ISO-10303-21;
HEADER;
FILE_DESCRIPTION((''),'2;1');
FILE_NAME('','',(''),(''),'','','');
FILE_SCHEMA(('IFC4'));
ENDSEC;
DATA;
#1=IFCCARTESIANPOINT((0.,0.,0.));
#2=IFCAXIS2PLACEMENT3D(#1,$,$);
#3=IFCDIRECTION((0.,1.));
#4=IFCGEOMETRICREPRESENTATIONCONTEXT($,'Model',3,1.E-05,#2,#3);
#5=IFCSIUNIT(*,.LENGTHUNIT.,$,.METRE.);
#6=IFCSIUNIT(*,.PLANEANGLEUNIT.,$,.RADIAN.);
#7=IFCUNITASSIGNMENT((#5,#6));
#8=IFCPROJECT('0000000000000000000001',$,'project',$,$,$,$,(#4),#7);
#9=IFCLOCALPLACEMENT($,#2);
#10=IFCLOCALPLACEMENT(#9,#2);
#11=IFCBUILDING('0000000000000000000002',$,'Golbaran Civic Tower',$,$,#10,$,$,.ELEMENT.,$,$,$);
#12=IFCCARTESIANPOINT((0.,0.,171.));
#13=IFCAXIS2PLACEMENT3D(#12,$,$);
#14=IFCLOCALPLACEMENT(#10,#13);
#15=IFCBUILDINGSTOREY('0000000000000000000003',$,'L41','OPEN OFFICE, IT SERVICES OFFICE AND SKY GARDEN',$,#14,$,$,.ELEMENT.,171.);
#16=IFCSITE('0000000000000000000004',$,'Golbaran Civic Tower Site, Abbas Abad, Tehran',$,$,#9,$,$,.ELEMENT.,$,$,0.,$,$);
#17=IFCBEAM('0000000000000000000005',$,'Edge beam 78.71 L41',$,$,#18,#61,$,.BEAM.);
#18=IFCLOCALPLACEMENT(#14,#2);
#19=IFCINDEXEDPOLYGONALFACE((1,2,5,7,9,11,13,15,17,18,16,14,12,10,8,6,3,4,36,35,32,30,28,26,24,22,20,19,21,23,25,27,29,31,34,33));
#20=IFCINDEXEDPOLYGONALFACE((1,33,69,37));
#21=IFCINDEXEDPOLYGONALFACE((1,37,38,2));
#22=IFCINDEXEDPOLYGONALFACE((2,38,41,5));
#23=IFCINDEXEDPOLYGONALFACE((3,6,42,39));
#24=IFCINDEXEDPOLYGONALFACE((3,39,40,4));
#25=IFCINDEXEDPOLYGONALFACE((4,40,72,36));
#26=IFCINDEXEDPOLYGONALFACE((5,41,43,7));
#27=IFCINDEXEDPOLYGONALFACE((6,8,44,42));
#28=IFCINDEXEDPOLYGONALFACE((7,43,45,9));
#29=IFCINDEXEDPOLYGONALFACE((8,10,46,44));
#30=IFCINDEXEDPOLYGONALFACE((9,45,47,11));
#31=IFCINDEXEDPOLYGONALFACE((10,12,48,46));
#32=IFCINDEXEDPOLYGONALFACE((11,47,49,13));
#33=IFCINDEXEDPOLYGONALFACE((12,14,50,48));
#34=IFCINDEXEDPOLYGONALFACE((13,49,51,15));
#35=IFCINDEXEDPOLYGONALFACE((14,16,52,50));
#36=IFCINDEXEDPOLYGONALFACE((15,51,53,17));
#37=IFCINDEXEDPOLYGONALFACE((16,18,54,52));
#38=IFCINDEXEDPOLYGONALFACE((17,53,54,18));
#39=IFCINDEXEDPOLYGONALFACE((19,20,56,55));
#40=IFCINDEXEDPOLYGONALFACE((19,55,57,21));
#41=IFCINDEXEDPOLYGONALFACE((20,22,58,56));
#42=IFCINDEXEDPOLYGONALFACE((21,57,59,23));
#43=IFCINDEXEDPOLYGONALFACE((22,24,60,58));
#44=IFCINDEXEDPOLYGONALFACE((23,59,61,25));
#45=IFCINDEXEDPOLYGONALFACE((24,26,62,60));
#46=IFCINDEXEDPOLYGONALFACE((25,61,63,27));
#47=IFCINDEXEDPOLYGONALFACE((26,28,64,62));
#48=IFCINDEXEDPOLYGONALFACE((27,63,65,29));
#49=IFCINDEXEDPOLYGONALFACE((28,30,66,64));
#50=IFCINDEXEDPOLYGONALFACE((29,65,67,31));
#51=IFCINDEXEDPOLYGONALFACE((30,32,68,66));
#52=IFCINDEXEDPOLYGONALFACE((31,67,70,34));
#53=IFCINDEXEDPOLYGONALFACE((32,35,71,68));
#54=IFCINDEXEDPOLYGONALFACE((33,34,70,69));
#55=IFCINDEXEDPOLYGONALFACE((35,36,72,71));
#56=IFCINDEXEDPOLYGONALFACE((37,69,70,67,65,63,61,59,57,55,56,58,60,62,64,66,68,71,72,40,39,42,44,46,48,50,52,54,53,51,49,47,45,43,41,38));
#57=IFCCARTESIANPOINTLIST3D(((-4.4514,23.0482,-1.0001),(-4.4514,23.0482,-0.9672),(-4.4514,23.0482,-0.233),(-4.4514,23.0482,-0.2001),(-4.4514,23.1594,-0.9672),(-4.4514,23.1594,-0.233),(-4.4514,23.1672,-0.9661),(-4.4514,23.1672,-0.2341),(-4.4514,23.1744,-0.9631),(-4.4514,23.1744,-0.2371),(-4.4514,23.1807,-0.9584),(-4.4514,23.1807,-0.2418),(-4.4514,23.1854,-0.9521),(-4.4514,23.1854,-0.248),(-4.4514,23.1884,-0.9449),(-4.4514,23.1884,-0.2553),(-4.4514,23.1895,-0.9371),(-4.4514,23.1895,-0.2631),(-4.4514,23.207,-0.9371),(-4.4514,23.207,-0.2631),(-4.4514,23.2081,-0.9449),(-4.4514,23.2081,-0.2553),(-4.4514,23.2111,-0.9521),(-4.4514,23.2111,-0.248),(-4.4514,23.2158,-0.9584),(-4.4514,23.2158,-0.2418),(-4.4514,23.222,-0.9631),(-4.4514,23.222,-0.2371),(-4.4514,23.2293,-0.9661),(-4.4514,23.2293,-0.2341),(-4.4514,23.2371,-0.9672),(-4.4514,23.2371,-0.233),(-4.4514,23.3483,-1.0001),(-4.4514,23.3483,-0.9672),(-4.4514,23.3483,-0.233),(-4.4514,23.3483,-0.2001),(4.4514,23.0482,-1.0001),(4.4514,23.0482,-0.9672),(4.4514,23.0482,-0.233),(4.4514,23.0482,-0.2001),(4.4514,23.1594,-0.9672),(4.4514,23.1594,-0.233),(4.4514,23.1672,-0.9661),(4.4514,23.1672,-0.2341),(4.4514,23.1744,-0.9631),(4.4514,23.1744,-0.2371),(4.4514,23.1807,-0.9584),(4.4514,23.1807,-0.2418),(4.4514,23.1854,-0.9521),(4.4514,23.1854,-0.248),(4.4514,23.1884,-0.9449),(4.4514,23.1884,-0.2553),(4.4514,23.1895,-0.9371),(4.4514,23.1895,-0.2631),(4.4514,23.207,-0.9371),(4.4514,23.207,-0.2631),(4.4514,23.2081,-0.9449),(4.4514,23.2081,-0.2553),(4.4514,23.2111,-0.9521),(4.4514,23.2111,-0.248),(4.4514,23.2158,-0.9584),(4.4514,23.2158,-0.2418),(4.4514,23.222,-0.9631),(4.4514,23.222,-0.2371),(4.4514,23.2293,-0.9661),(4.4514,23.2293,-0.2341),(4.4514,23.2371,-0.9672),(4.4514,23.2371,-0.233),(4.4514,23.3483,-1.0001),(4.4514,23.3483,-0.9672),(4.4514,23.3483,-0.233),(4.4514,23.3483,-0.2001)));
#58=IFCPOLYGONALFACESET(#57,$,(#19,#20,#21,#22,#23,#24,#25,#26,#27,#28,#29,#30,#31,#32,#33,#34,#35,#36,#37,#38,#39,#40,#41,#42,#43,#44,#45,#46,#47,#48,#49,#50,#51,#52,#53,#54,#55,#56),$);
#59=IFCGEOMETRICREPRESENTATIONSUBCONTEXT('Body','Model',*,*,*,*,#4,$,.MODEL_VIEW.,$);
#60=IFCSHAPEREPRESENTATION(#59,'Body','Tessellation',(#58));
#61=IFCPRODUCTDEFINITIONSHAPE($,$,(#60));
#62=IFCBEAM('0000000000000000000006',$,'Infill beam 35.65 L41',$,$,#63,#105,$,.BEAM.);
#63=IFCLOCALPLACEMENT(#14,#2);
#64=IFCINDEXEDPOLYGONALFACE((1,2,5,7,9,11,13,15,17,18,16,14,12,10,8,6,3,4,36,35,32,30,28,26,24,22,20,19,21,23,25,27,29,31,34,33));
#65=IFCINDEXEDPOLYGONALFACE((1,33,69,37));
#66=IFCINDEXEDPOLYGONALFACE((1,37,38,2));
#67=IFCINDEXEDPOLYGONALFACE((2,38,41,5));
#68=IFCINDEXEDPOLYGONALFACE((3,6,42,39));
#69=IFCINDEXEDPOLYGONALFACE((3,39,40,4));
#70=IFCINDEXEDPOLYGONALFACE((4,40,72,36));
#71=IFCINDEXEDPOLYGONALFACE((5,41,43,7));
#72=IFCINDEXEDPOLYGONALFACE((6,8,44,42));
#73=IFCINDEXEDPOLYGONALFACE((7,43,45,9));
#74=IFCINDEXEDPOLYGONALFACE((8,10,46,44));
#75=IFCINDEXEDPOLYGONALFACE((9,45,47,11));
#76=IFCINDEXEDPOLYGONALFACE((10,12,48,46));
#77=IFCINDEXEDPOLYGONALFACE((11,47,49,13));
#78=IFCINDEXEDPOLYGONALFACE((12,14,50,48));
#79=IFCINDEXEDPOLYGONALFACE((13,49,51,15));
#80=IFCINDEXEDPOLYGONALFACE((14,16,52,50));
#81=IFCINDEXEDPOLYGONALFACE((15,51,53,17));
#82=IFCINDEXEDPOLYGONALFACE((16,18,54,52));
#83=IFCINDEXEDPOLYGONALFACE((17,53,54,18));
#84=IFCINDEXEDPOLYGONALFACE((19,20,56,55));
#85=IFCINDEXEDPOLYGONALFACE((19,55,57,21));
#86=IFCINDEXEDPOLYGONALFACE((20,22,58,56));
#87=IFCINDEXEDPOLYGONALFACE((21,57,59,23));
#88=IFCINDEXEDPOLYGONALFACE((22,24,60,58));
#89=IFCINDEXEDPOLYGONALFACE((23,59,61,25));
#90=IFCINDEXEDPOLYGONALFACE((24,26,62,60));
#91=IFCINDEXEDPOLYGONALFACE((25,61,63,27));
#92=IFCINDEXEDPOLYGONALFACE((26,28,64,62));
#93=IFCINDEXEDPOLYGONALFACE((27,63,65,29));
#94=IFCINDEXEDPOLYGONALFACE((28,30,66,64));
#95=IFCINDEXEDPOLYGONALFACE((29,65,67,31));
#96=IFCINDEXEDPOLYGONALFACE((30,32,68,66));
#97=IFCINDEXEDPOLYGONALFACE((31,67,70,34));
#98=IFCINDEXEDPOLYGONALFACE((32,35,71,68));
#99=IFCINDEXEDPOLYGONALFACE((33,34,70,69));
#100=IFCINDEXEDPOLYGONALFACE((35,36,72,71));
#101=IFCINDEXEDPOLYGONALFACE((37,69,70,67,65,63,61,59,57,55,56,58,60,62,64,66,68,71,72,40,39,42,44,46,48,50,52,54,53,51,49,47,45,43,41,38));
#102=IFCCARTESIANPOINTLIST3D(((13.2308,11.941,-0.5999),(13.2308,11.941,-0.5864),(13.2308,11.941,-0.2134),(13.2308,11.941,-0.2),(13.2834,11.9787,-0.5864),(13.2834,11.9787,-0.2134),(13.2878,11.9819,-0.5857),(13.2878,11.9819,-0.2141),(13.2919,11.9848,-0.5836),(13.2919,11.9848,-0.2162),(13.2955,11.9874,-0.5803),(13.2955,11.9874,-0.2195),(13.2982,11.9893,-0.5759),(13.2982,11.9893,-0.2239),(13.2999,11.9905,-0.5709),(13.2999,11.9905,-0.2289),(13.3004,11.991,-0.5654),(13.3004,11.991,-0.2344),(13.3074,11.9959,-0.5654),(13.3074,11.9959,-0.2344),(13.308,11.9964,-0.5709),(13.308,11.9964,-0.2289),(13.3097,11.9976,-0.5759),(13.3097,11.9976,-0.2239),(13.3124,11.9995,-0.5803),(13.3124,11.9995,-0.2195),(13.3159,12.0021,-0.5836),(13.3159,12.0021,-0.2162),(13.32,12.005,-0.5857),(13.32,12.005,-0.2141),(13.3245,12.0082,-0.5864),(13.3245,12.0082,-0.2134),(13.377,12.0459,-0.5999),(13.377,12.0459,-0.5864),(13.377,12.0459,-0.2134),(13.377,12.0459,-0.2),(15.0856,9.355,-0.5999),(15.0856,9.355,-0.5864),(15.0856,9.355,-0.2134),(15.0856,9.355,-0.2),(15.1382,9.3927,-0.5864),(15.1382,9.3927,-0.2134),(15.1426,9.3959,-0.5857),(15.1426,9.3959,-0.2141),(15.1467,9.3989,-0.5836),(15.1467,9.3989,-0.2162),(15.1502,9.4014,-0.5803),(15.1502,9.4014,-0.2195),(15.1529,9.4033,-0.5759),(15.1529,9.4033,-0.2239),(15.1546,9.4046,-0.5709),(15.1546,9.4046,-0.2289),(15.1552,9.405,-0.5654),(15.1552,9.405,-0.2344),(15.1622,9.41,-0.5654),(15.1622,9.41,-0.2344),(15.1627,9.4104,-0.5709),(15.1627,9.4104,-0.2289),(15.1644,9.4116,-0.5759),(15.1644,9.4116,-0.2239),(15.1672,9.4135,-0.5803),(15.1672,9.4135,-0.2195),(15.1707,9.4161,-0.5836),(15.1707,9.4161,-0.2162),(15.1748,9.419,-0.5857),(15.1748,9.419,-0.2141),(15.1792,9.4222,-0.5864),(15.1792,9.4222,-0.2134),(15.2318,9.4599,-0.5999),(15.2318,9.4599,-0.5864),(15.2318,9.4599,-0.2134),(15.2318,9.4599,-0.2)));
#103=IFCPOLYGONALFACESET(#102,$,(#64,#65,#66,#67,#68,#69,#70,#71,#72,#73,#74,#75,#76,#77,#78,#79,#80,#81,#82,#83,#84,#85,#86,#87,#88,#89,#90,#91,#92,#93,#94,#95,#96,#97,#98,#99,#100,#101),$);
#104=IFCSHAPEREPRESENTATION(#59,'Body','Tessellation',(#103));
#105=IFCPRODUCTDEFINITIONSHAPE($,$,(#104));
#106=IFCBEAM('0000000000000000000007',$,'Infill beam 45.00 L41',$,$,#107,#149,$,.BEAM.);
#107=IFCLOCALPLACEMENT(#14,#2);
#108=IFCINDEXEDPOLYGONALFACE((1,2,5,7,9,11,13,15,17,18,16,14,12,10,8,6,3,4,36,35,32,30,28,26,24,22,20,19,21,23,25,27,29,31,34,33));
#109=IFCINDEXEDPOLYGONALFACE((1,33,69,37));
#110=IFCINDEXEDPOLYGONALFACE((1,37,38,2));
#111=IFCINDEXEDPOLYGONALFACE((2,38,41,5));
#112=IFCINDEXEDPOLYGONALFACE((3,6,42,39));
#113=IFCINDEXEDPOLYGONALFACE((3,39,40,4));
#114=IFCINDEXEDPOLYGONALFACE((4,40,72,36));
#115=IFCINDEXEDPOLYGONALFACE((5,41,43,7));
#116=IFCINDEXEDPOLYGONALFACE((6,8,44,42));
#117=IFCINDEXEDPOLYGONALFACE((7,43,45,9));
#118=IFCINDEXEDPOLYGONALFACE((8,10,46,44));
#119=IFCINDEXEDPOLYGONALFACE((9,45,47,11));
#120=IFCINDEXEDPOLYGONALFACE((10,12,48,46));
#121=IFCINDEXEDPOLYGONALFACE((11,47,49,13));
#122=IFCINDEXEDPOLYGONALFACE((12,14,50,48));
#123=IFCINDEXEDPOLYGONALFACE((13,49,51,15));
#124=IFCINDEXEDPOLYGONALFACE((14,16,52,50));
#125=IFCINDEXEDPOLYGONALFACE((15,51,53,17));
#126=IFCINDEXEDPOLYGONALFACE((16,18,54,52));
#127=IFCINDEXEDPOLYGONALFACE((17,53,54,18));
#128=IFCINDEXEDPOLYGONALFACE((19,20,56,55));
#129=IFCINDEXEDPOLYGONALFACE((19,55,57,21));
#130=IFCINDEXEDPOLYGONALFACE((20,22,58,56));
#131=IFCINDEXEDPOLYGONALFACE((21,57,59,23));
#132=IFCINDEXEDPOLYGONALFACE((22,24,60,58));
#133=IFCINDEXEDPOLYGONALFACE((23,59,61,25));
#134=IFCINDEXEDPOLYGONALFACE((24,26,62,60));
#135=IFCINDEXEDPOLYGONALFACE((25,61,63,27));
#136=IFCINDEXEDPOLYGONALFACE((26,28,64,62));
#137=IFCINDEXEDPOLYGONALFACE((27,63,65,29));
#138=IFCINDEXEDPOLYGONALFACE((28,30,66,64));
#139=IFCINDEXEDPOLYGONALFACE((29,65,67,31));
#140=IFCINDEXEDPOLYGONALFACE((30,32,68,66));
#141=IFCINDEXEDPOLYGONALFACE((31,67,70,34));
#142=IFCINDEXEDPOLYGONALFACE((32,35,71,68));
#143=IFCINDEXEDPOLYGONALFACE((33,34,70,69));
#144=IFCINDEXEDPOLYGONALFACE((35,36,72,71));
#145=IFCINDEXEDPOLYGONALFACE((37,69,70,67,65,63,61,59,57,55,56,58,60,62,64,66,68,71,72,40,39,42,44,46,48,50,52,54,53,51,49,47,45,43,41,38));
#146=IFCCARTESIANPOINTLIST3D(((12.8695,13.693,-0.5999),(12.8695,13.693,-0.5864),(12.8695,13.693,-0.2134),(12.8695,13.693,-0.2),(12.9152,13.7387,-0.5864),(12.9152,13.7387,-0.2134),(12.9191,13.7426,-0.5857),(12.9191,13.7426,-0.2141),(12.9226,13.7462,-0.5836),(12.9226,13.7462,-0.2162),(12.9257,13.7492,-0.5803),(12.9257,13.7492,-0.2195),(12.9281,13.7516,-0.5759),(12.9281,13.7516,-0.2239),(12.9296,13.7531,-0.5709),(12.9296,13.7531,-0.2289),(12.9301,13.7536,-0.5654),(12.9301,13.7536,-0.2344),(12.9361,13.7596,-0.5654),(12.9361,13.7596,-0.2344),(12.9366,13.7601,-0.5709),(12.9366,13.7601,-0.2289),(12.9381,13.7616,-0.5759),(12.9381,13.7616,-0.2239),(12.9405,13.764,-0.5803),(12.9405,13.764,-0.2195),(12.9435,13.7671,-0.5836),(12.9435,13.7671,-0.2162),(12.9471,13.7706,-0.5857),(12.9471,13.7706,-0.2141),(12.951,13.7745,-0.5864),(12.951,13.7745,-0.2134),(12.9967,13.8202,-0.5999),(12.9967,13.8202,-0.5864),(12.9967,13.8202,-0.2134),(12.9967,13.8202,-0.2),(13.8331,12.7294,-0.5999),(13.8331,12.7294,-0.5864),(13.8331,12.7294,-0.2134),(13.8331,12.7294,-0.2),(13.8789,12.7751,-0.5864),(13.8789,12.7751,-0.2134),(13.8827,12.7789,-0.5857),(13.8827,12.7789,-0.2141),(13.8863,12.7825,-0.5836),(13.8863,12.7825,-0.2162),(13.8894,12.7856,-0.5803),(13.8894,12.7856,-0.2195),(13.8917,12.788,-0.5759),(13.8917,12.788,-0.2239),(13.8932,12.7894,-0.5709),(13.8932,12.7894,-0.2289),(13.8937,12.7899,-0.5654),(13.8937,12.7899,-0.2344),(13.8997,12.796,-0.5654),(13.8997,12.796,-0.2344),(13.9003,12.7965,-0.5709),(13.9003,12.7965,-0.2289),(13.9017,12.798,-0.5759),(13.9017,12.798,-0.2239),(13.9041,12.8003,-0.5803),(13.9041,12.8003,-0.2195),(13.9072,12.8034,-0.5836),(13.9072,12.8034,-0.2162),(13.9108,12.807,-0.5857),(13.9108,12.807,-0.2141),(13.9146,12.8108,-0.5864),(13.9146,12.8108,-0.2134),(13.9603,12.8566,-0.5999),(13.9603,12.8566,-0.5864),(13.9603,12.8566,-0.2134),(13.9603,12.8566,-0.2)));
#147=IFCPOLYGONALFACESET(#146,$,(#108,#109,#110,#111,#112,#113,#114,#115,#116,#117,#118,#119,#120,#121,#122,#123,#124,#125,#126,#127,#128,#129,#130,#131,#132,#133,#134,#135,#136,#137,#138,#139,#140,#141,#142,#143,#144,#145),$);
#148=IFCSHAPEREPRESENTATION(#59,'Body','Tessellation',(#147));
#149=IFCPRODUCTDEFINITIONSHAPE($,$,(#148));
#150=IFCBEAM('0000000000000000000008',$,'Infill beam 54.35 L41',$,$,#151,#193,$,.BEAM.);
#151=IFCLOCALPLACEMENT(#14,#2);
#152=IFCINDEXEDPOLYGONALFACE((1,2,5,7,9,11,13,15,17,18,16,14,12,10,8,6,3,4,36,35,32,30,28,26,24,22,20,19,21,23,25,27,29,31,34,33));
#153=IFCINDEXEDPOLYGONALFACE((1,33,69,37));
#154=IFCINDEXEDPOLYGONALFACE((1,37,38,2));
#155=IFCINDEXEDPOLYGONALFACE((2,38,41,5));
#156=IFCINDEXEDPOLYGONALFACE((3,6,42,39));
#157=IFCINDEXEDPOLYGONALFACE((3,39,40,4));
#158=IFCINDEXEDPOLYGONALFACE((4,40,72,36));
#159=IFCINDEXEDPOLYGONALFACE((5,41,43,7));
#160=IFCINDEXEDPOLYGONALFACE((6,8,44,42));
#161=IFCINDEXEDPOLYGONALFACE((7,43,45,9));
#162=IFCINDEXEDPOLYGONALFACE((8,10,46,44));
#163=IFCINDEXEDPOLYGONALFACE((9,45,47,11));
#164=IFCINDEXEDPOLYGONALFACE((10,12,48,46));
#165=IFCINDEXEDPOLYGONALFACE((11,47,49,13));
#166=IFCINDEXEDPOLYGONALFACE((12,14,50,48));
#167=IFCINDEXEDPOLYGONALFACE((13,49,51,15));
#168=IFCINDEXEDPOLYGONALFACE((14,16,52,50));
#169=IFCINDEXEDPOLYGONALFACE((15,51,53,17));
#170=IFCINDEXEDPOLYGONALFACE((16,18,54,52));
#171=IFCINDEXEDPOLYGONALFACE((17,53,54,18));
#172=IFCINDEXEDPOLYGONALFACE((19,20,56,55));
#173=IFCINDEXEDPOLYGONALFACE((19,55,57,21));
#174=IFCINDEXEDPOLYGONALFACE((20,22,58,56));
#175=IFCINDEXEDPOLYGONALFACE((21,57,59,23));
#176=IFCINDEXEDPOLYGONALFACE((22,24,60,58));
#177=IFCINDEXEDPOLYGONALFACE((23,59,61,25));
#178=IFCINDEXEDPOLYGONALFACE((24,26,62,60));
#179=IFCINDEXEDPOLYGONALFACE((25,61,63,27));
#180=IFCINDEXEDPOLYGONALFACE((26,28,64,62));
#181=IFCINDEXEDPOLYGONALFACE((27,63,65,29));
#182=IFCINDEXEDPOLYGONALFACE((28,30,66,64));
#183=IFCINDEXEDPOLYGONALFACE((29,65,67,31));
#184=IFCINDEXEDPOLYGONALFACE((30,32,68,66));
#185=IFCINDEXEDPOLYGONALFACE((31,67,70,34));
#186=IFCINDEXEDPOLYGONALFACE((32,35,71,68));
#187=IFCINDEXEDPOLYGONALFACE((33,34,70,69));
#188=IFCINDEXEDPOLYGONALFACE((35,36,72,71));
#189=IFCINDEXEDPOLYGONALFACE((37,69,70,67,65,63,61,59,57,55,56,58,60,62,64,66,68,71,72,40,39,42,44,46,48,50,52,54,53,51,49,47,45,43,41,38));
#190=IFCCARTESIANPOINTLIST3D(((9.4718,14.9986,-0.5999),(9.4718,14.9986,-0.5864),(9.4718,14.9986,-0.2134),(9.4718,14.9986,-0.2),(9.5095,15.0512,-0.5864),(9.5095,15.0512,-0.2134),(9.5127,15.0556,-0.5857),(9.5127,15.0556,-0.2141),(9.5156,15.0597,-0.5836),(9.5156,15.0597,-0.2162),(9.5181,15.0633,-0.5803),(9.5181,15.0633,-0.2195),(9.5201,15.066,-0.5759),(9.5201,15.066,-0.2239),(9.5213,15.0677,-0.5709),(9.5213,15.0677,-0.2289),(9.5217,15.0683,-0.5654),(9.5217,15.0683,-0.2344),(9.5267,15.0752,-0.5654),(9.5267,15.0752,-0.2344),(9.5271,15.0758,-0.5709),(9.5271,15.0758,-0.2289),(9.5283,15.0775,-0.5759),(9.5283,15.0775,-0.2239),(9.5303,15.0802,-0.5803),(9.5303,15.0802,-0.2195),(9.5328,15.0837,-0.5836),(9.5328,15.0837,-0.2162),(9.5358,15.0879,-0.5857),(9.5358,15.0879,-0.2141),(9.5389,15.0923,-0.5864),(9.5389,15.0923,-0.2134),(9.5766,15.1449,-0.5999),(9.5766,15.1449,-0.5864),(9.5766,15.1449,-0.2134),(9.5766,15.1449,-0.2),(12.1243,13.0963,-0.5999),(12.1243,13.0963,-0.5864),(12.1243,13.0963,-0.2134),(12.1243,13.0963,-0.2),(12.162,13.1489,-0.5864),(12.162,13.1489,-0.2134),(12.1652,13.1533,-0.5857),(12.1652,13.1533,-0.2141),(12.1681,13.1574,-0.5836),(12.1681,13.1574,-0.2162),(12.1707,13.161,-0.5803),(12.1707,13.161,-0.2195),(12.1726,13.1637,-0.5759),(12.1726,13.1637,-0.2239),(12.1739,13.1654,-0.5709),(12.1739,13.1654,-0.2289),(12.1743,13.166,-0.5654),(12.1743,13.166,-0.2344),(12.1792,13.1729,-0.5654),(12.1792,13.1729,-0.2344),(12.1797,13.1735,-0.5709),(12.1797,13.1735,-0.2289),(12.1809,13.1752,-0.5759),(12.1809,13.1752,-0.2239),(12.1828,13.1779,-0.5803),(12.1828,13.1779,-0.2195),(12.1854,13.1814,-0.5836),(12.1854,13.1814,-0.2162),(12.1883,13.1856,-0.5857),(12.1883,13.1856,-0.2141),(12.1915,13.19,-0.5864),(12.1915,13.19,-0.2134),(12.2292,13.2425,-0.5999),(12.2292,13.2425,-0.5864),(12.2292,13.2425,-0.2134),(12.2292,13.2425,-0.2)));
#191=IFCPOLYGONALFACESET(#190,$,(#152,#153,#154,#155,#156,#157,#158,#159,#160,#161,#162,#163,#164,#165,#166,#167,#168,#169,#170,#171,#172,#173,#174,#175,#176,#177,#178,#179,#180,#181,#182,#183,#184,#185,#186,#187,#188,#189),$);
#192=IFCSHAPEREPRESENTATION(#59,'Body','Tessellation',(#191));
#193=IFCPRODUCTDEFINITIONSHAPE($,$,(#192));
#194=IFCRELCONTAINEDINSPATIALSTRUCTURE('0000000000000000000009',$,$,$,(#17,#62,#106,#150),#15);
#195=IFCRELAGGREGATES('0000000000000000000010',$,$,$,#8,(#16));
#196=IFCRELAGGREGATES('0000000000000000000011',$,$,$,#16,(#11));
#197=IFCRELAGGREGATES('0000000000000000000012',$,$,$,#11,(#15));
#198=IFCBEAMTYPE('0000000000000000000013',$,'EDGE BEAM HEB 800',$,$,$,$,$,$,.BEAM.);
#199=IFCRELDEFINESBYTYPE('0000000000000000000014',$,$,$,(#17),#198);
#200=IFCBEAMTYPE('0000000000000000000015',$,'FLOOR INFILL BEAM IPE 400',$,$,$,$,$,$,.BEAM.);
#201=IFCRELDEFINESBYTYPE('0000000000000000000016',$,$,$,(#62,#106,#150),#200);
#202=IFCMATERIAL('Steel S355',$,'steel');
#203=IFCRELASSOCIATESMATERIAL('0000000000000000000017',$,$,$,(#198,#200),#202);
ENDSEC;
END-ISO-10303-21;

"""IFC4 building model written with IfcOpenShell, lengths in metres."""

from ifc_helpers import new_model, si_unit, direction, frame, origin, origin_2d, place, context, subcontext, project, spatial, i_section, extrude, material, material_profile, profile_set, type_object, element, save


model = new_model("IFC4")

# Units and contexts
model_context = context("Model", 3, precision=1e-05, world=origin(), true_north=direction((0.0, 1.0)))
body_context = subcontext(model_context, "Body", "Model", "MODEL_VIEW")
ifc_project = project(units=[si_unit("LENGTHUNIT", "METRE"), si_unit("PLANEANGLEUNIT", "RADIAN")], contexts=[model_context])

# Site, building, storey
site_placement = place(None, origin())
site = spatial("IfcSite", under=ifc_project, at=site_placement, Name="Golbaran Civic Tower Site, Abbas Abad, Tehran", CompositionType="ELEMENT", RefElevation=0.0)
building_placement = place(site_placement, origin())
building = spatial("IfcBuilding", under=site, at=building_placement, Name="Golbaran Civic Tower", CompositionType="ELEMENT")
storey_placement = place(building_placement, frame((0.0, 0.0, 171.0)))
storey = spatial("IfcBuildingStorey", under=building, at=storey_placement, Name="L41", Description="OPEN OFFICE, IT SERVICES OFFICE AND SKY GARDEN", CompositionType="ELEMENT", Elevation=171.0)

# Beams
ifc_material_1 = material(Name="Steel S355", Category="steel")
ifc_material_profile_1 = material_profile(ifc_material_1, i_section(OverallWidth=0.3, OverallDepth=0.8, WebThickness=0.0176, FlangeThickness=0.033, FilletRadius=0.03, at=origin_2d()), Name="HEB 800")
ifc_profile_set_1 = profile_set([ifc_material_profile_1], Name="Steel S355")
beam_type_1 = type_object("IfcBeamType", Name="EDGE BEAM HEB 800", PredefinedType="BEAM", material=ifc_profile_set_1)
beam_1_placement = place(storey_placement, frame((4.4514, 23.1982, -0.6001), z_axis=(-1.0, 0.0, 0.0), x_axis=(0.0, -1.0, 0.0)))
element("IfcBeam", 1, at=beam_1_placement, inside=storey, type_object=beam_type_1, Name="Edge beam 78.71 L41", PredefinedType="BEAM", context=body_context, shape_type="SweptSolid", body=[
    extrude(i_section(OverallWidth=0.3, OverallDepth=0.8, WebThickness=0.0176, FlangeThickness=0.033, FilletRadius=0.03, at=origin_2d()), origin(), (0.0, 0.0, 1.0), 8.9028),
])
ifc_material_profile_2 = material_profile(ifc_material_1, i_section(OverallWidth=0.1799, OverallDepth=0.3999, WebThickness=0.0085, FlangeThickness=0.0134, FilletRadius=0.021, at=origin_2d()), Name="IPE 400")
ifc_profile_set_2 = profile_set([ifc_material_profile_2], Name="Steel S355")
beam_type_2 = type_object("IfcBeamType", Name="FLOOR INFILL BEAM IPE 400", PredefinedType="BEAM", material=ifc_profile_set_2)
beam_2_placement = place(storey_placement, frame((15.1587, 9.4075, -0.3999), z_axis=(-0.582826, 0.812597, 0.0), x_axis=(-0.812597, -0.582826, 0.0)))
element("IfcBeam", 2, at=beam_2_placement, inside=storey, type_object=beam_type_2, Name="Infill beam 35.65 L41", PredefinedType="BEAM", context=body_context, shape_type="SweptSolid", body=[
    extrude(i_section(OverallWidth=0.1799, OverallDepth=0.3999, WebThickness=0.0085, FlangeThickness=0.0134, FilletRadius=0.021, at=origin_2d()), origin(), (0.0, 0.0, 1.0), 3.1824),
])
beam_3_placement = place(storey_placement, frame((13.8967, 12.793, -0.3999), z_axis=(-0.707107, 0.707107, 0.0), x_axis=(-0.707107, -0.707107, 0.0)))
element("IfcBeam", 3, at=beam_3_placement, inside=storey, type_object=beam_type_2, Name="Infill beam 45.00 L41", PredefinedType="BEAM", context=body_context, shape_type="SweptSolid", body=[
    extrude(i_section(OverallWidth=0.1799, OverallDepth=0.3999, WebThickness=0.0085, FlangeThickness=0.0134, FilletRadius=0.021, at=origin_2d()), origin(), (0.0, 0.0, 1.0), 1.3628),
])
beam_4_placement = place(storey_placement, frame((12.1768, 13.1694, -0.3999), z_axis=(-0.812625, 0.582787, 0.0), x_axis=(-0.582787, -0.812625, 0.0)))
element("IfcBeam", 4, at=beam_4_placement, inside=storey, type_object=beam_type_2, Name="Infill beam 54.35 L41", PredefinedType="BEAM", context=body_context, shape_type="SweptSolid", body=[
    extrude(i_section(OverallWidth=0.1799, OverallDepth=0.3999, WebThickness=0.0085, FlangeThickness=0.0134, FilletRadius=0.021, at=origin_2d()), origin(), (0.0, 0.0, 1.0), 3.2642),
])

save(model, "model.ifc")
